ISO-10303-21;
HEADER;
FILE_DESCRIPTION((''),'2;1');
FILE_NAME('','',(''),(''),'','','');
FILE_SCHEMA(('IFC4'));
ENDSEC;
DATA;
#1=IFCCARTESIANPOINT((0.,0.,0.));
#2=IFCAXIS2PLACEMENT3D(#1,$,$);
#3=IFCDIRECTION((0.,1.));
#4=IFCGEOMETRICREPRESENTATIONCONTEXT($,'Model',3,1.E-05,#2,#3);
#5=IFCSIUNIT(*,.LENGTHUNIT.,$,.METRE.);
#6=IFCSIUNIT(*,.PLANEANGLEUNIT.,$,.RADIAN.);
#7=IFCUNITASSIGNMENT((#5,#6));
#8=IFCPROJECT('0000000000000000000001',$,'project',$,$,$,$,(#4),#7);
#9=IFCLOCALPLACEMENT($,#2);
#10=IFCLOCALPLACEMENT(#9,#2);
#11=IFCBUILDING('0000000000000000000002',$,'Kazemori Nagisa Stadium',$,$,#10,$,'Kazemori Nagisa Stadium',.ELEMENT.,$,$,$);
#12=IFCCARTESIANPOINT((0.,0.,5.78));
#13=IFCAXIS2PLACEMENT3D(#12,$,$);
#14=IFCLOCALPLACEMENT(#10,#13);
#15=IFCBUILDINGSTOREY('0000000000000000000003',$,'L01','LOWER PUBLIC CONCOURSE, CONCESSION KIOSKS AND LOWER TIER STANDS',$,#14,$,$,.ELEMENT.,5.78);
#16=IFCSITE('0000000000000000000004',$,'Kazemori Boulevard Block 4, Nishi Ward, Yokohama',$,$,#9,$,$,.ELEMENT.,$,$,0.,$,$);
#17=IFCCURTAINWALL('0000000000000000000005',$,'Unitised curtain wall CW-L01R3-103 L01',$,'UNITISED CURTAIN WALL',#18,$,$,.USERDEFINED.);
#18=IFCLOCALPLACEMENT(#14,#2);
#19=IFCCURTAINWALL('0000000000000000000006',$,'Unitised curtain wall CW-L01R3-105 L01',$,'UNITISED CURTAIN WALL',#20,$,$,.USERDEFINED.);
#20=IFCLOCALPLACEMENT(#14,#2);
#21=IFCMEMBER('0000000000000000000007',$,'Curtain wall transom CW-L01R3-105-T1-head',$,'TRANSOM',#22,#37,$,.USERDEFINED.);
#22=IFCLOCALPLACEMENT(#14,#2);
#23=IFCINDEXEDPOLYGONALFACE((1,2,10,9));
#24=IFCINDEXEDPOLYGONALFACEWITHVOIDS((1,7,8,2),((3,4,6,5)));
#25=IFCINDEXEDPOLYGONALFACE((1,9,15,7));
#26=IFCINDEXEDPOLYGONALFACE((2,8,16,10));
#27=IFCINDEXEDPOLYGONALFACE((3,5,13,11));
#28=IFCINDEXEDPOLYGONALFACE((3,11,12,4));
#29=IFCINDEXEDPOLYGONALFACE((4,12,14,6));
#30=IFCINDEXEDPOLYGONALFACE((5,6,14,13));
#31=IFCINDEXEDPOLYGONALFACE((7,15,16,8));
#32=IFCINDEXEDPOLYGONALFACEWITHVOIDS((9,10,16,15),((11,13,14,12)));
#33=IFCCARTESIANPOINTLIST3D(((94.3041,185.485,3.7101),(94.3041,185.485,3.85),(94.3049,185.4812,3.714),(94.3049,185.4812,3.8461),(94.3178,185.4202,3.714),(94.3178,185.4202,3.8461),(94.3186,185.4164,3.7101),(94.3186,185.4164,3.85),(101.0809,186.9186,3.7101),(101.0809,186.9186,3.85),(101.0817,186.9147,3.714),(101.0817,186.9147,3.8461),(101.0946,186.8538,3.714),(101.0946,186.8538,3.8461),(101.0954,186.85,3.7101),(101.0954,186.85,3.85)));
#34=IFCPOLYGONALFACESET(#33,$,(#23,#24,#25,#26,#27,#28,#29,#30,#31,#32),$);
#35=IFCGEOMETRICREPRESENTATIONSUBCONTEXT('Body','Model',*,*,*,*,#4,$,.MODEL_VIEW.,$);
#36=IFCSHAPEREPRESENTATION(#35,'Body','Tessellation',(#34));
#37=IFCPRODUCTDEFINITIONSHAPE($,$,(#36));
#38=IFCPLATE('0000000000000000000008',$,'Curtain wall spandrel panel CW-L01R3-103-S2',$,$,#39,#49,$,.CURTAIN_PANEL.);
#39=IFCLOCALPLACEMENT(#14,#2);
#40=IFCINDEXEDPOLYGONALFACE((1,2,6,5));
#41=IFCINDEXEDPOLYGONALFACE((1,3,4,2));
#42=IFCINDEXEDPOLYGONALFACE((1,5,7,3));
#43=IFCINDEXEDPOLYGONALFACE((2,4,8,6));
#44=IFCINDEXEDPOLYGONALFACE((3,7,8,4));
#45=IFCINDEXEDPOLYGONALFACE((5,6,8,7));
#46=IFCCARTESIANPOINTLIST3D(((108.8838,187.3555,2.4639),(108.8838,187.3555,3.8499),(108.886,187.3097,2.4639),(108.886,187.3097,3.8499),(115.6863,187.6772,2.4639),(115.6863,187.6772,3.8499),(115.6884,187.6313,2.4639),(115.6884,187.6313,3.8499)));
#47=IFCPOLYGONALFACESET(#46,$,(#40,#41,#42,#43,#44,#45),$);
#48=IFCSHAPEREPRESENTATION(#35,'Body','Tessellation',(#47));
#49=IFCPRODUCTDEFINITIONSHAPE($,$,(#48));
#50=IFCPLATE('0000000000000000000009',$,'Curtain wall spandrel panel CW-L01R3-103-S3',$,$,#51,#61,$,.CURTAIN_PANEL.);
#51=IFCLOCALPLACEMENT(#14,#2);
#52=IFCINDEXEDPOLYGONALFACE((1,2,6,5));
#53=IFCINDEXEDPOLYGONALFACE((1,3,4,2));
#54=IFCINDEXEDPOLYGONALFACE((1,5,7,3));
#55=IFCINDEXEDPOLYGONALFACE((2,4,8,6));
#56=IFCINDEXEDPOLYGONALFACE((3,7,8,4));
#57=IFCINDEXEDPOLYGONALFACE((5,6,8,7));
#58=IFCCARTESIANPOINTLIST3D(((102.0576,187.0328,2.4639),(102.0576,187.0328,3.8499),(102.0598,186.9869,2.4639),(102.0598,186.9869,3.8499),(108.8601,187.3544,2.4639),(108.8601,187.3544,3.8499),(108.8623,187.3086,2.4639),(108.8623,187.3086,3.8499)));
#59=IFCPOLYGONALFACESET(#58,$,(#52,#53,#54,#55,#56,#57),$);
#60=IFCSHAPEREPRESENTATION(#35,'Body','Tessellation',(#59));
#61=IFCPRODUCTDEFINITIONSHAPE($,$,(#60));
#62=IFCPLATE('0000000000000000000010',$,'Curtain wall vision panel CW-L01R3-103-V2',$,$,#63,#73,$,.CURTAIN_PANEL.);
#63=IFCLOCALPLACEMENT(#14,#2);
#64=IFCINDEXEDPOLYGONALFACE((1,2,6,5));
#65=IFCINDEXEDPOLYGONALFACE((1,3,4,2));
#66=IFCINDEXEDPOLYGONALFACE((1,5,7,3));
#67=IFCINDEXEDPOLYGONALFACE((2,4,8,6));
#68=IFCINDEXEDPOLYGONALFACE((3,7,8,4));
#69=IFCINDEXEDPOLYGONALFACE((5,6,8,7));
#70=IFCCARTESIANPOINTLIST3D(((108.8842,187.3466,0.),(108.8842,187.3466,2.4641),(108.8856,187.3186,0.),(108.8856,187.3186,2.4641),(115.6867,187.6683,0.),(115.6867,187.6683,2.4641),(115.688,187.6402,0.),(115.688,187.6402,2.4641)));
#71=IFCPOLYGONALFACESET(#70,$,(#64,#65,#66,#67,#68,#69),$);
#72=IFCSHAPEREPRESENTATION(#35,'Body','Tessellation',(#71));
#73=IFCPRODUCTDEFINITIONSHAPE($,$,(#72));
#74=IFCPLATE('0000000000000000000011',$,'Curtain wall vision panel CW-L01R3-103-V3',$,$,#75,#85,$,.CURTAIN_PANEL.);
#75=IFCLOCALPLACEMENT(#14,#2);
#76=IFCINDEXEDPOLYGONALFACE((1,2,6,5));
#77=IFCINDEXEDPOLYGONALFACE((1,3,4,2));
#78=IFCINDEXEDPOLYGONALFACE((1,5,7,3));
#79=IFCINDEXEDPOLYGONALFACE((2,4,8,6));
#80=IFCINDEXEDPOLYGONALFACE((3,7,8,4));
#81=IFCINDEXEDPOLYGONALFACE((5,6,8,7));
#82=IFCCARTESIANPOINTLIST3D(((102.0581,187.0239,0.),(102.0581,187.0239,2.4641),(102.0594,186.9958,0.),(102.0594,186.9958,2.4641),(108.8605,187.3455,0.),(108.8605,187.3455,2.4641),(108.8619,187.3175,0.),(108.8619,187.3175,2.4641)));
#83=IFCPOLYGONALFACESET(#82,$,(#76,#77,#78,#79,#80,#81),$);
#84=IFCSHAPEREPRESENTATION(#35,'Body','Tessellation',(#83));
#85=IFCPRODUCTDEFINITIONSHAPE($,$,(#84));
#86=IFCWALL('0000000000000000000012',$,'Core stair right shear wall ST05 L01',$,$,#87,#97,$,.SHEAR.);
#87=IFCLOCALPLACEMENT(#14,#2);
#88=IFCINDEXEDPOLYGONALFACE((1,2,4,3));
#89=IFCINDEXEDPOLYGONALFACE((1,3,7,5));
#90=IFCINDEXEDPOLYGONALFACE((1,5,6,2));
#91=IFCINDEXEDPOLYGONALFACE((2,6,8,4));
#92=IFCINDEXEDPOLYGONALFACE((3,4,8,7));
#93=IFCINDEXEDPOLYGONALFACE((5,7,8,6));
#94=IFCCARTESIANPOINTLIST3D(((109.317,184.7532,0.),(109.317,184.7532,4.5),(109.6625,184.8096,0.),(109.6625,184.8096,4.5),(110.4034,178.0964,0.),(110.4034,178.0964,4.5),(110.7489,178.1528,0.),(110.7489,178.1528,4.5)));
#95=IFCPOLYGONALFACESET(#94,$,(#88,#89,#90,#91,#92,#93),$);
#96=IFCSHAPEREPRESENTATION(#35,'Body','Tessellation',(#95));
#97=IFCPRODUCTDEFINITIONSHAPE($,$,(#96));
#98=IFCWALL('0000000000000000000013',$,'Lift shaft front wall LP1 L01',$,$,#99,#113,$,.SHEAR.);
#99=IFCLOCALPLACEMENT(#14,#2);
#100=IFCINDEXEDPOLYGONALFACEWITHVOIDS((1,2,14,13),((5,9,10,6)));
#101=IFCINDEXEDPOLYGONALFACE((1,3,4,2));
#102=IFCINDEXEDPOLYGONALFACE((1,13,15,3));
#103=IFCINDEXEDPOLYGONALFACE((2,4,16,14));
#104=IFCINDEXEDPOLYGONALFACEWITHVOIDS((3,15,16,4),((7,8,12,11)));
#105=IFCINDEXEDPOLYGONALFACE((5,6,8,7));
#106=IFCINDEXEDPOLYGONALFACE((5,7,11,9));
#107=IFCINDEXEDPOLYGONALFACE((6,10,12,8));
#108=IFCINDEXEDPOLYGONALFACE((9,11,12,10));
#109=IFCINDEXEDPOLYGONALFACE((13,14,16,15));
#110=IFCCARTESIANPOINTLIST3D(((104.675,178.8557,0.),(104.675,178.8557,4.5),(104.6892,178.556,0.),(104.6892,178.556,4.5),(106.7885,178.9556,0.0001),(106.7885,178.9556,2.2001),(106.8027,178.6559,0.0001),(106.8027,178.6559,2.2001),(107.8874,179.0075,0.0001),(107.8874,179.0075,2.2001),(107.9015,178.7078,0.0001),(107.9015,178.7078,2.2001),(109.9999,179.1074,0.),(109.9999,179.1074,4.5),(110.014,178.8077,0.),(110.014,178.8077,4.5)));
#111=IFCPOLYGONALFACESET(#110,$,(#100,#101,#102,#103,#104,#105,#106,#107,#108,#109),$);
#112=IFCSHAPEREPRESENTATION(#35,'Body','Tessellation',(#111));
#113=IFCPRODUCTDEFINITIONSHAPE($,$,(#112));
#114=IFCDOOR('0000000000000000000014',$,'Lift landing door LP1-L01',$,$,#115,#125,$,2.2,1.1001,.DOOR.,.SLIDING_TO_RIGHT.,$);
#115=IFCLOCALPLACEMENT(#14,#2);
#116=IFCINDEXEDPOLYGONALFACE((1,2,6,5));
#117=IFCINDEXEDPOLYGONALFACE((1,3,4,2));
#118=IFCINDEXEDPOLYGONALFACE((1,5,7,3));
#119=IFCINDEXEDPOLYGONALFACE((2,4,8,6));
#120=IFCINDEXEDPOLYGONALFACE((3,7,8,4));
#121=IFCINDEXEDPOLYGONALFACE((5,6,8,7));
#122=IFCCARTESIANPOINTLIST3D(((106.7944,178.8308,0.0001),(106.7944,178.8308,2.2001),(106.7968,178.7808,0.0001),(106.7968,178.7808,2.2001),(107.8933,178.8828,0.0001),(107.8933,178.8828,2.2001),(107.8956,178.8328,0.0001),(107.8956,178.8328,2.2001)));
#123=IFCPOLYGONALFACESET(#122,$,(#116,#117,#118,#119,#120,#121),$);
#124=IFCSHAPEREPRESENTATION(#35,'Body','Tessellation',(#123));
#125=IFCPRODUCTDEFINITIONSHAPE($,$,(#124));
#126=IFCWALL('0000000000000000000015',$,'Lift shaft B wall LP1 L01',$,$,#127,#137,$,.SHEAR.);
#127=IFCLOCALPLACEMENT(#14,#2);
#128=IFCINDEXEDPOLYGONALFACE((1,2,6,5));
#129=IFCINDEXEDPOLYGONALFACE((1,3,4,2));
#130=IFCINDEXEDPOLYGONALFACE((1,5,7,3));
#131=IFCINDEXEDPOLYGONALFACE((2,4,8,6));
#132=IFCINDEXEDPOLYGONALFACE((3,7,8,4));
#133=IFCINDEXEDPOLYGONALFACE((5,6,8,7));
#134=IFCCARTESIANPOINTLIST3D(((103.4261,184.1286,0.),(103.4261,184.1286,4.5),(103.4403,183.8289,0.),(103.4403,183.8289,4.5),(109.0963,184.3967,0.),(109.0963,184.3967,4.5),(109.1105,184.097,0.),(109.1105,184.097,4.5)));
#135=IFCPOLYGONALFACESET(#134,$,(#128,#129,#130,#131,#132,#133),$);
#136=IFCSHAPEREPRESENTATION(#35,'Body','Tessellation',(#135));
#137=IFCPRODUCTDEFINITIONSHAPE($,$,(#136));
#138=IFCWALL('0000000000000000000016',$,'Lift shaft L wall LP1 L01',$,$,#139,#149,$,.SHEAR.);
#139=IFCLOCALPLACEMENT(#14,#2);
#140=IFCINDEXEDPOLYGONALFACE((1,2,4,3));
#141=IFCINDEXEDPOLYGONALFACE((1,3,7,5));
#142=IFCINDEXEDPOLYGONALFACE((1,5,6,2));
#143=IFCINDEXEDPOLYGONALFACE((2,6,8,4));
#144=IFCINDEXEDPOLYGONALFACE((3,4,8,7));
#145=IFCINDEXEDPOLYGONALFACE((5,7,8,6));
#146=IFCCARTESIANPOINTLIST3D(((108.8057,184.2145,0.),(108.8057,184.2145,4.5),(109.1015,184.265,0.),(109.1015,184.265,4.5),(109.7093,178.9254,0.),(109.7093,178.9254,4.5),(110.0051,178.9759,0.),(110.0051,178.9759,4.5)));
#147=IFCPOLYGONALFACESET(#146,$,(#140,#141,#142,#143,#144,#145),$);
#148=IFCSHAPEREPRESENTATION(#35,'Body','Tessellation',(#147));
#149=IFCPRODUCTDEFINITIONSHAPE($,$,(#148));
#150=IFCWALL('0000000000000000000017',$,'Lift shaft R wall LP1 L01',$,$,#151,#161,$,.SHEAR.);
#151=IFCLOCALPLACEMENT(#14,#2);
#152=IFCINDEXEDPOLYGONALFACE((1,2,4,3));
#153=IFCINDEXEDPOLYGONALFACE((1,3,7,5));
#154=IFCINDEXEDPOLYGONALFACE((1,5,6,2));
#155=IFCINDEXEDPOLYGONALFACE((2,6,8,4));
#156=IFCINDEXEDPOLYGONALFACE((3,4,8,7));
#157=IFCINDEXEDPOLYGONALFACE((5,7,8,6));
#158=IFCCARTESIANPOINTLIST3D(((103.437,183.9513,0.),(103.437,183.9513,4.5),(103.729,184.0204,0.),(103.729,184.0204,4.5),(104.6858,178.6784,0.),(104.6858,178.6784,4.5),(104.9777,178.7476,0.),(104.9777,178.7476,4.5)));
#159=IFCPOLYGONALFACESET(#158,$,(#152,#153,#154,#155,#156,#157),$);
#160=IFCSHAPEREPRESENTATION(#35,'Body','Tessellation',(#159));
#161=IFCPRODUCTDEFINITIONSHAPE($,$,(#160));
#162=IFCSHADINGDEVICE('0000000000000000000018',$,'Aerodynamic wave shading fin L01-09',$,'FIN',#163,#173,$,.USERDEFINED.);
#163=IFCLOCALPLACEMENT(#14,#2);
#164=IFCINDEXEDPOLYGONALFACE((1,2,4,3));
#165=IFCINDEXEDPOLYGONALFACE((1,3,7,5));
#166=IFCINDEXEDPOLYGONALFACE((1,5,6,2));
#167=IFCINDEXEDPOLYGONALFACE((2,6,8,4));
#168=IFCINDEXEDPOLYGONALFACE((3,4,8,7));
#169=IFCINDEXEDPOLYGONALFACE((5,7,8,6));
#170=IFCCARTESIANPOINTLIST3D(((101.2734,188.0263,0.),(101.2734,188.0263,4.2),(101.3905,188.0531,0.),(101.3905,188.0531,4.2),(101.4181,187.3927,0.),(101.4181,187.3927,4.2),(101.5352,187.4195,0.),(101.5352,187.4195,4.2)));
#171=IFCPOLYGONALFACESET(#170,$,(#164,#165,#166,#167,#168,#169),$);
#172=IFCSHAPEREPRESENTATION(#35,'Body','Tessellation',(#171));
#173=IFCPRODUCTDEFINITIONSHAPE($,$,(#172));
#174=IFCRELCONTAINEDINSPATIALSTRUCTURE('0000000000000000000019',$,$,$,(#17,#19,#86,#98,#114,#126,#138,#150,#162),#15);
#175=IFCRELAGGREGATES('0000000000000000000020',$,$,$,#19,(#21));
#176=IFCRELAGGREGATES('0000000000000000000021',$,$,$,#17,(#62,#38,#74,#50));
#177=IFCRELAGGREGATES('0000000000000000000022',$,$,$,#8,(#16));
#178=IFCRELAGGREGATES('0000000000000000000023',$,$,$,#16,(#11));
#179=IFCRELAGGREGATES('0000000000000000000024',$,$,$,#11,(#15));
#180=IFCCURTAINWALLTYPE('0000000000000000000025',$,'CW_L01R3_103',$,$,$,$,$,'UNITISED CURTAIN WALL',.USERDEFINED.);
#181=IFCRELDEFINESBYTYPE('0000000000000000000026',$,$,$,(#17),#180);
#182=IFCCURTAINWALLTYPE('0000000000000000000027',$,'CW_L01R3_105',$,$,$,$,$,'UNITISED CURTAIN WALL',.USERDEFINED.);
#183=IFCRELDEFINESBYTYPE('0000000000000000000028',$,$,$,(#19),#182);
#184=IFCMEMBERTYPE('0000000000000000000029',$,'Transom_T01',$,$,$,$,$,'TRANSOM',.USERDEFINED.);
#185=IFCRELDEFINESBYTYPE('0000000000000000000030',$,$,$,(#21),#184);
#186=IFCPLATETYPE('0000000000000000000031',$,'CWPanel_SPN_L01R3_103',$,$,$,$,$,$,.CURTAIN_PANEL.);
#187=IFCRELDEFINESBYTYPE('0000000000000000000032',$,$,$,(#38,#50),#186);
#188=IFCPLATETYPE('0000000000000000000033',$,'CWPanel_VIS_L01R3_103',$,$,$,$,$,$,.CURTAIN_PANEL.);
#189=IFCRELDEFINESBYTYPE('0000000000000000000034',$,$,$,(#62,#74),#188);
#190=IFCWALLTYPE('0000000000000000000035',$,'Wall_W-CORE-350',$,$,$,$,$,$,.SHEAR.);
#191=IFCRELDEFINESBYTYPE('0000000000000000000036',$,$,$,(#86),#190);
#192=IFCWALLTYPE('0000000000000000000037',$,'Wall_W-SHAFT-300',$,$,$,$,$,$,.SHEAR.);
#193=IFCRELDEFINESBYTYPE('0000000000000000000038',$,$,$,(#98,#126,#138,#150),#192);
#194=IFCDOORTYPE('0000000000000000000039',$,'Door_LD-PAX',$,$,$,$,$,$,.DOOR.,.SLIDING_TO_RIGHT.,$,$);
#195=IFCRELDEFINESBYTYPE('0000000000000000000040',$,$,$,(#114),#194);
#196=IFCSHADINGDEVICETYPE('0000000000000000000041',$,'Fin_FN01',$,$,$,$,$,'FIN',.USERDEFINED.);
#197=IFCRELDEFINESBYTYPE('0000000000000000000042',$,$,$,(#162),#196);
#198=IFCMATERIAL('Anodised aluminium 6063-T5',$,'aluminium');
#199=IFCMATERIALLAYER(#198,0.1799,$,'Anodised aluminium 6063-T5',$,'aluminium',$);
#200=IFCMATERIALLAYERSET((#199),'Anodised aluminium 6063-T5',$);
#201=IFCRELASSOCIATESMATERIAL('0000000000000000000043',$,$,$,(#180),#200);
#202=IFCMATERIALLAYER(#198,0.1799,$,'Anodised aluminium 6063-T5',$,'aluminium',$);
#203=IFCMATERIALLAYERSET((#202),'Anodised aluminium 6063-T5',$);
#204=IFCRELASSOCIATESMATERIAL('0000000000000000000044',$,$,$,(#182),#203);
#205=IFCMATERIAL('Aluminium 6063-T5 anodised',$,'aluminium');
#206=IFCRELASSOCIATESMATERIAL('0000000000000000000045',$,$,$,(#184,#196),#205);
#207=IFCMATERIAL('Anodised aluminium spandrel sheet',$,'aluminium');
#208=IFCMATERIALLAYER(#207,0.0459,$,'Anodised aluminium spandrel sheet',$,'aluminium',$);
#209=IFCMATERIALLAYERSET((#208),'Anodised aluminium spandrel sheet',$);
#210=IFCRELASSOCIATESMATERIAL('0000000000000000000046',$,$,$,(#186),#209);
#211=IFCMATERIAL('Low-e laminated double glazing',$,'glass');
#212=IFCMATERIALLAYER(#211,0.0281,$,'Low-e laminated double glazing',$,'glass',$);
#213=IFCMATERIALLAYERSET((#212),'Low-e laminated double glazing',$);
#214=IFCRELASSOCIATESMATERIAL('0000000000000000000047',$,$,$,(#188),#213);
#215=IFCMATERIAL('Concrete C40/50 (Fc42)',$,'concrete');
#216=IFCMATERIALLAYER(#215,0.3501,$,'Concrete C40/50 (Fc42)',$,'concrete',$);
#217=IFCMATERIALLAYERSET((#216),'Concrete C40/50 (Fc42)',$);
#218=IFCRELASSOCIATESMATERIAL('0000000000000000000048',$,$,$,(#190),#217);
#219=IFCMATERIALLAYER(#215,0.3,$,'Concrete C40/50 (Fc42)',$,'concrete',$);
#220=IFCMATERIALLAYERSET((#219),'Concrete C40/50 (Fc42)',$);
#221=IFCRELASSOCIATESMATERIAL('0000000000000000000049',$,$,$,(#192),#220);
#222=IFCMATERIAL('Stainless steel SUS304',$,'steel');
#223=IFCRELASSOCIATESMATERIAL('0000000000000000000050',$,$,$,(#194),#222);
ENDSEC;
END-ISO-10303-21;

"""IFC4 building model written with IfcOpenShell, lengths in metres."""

from ifc_helpers import new_model, si_unit, direction, frame, frame_2d, origin, origin_2d, place, context, subcontext, project, spatial, rectangle, hollow_rectangle, extrude, material, layer, layer_set, material_profile, profile_set, type_object, element, fill, aggregate, save


model = new_model("IFC4")

# Units and contexts
model_context = context("Model", 3, precision=1e-05, world=origin(), true_north=direction((0.0, 1.0)))
body_context = subcontext(model_context, "Body", "Model", "MODEL_VIEW")
ifc_project = project(units=[si_unit("LENGTHUNIT", "METRE"), si_unit("PLANEANGLEUNIT", "RADIAN")], contexts=[model_context])

# Site, building, storey
site_placement = place(None, origin())
site = spatial("IfcSite", under=ifc_project, at=site_placement, Name="Kazemori Boulevard Block 4, Nishi Ward, Yokohama", CompositionType="ELEMENT", RefElevation=0.0)
building_placement = place(site_placement, origin())
building = spatial("IfcBuilding", under=site, at=building_placement, Name="Kazemori Nagisa Stadium", LongName="Kazemori Nagisa Stadium", CompositionType="ELEMENT")
storey_placement = place(building_placement, frame((0.0, 0.0, 5.78)))
storey = spatial("IfcBuildingStorey", under=building, at=storey_placement, Name="L01", Description="LOWER PUBLIC CONCOURSE, CONCESSION KIOSKS AND LOWER TIER STANDS", CompositionType="ELEMENT", Elevation=5.78)

# Shared definitions
ifc_material_1 = material(Name="Concrete C40/50 (Fc42)", Category="concrete")

# Curtain wall
ifc_material_2 = material(Name="Anodised aluminium 6063-T5", Category="aluminium")
ifc_layer_1 = layer(ifc_material_2, 0.1799, Name="Anodised aluminium 6063-T5", Category="aluminium")
ifc_layer_set_1 = layer_set([ifc_layer_1], Name="Anodised aluminium 6063-T5")
curtain_wall_type_1 = type_object("IfcCurtainWallType", Name="CW_L01R3_103", ElementType="UNITISED CURTAIN WALL", PredefinedType="USERDEFINED", material=ifc_layer_set_1)
curtain_wall_1_placement = place(storey_placement, origin())
curtain_wall_1 = element("IfcCurtainWall", 1, at=curtain_wall_1_placement, inside=storey, type_object=curtain_wall_type_1, Name="Unitised curtain wall CW-L01R3-103 L01", ObjectType="UNITISED CURTAIN WALL", PredefinedType="USERDEFINED")
ifc_material_3 = material(Name="Aluminium 6063-T5 anodised", Category="aluminium")

# Curtain wall
ifc_layer_2 = layer(ifc_material_2, 0.1799, Name="Anodised aluminium 6063-T5", Category="aluminium")
ifc_layer_set_2 = layer_set([ifc_layer_2], Name="Anodised aluminium 6063-T5")
curtain_wall_type_2 = type_object("IfcCurtainWallType", Name="CW_L01R3_105", ElementType="UNITISED CURTAIN WALL", PredefinedType="USERDEFINED", material=ifc_layer_set_2)
curtain_wall_2_placement = place(storey_placement, origin())
curtain_wall_2 = element("IfcCurtainWall", 2, at=curtain_wall_2_placement, inside=storey, type_object=curtain_wall_type_2, Name="Unitised curtain wall CW-L01R3-105 L01", ObjectType="UNITISED CURTAIN WALL", PredefinedType="USERDEFINED")

# Member
ifc_material_profile_1 = material_profile(ifc_material_3, hollow_rectangle(XDim=0.0701, YDim=0.1399, WallThickness=0.0039, at=origin_2d()), Name="ALU-TRAN-70x140x4")
ifc_profile_set_1 = profile_set([ifc_material_profile_1], Name="Aluminium 6063-T5 anodised")
member_type_1 = type_object("IfcMemberType", Name="Transom_T01", ElementType="TRANSOM", PredefinedType="USERDEFINED", material=ifc_profile_set_1)
member_1_placement = place(storey_placement, frame((101.0881, 186.8843, 3.78), z_axis=(-0.978349, -0.206962, 0.0), x_axis=(0.206962, -0.978349, 0.0)))
member_1 = element("IfcMember", 3, at=member_1_placement, type_object=member_type_1, Name="Curtain wall transom CW-L01R3-105-T1-head", ObjectType="TRANSOM", PredefinedType="USERDEFINED", context=body_context, shape_type="SweptSolid", body=[
    extrude(hollow_rectangle(XDim=0.0701, YDim=0.1399, WallThickness=0.0039, at=origin_2d()), origin(), (0.0, 0.0, 1.0), 6.9268),
])
aggregate(curtain_wall_2, [member_1])

# Plates
ifc_material_4 = material(Name="Anodised aluminium spandrel sheet", Category="aluminium")
ifc_layer_3 = layer(ifc_material_4, 0.0459, Name="Anodised aluminium spandrel sheet", Category="aluminium")
ifc_layer_set_3 = layer_set([ifc_layer_3], Name="Anodised aluminium spandrel sheet")
plate_type_1 = type_object("IfcPlateType", Name="CWPanel_SPN_L01R3_103", PredefinedType="CURTAIN_PANEL", material=ifc_layer_set_3)
plate_1_placement = place(storey_placement, frame((112.2861, 187.4934, 2.4639), z_axis=(0.0, 0.0, 1.0), x_axis=(-0.998884, -0.04723, 0.0)))
plate_1 = element("IfcPlate", 4, at=plate_1_placement, type_object=plate_type_1, Name="Curtain wall spandrel panel CW-L01R3-103-S2", PredefinedType="CURTAIN_PANEL", context=body_context, shape_type="SweptSolid", body=[
    extrude(rectangle(XDim=6.8101, YDim=0.0459, at=origin_2d()), origin(), (0.0, 0.0, 1.0), 1.386),
])
plate_2_placement = place(storey_placement, frame((105.46, 187.1707, 2.4639), z_axis=(0.0, 0.0, 1.0), x_axis=(-0.998884, -0.04723, 0.0)))
plate_2 = element("IfcPlate", 5, at=plate_2_placement, type_object=plate_type_1, Name="Curtain wall spandrel panel CW-L01R3-103-S3", PredefinedType="CURTAIN_PANEL", context=body_context, shape_type="SweptSolid", body=[
    extrude(rectangle(XDim=6.8101, YDim=0.0459, at=origin_2d()), origin(), (0.0, 0.0, 1.0), 1.386),
])
ifc_material_5 = material(Name="Low-e laminated double glazing", Category="glass")
ifc_layer_4 = layer(ifc_material_5, 0.0281, Name="Low-e laminated double glazing", Category="glass")
ifc_layer_set_4 = layer_set([ifc_layer_4], Name="Low-e laminated double glazing")
plate_type_2 = type_object("IfcPlateType", Name="CWPanel_VIS_L01R3_103", PredefinedType="CURTAIN_PANEL", material=ifc_layer_set_4)
plate_3_placement = place(storey_placement, frame((112.2861, 187.4934, 0.0), z_axis=(0.0, 0.0, 1.0), x_axis=(-0.998884, -0.04723, 0.0)))
plate_3 = element("IfcPlate", 6, at=plate_3_placement, type_object=plate_type_2, Name="Curtain wall vision panel CW-L01R3-103-V2", PredefinedType="CURTAIN_PANEL", context=body_context, shape_type="SweptSolid", body=[
    extrude(rectangle(XDim=6.8101, YDim=0.0281, at=origin_2d()), origin(), (0.0, 0.0, 1.0), 2.4641),
])
plate_4_placement = place(storey_placement, frame((105.46, 187.1707, 0.0), z_axis=(0.0, 0.0, 1.0), x_axis=(-0.998884, -0.04723, 0.0)))
plate_4 = element("IfcPlate", 7, at=plate_4_placement, type_object=plate_type_2, Name="Curtain wall vision panel CW-L01R3-103-V3", PredefinedType="CURTAIN_PANEL", context=body_context, shape_type="SweptSolid", body=[
    extrude(rectangle(XDim=6.8101, YDim=0.0281, at=origin_2d()), origin(), (0.0, 0.0, 1.0), 2.4641),
])
aggregate(curtain_wall_1, [plate_3, plate_1, plate_4, plate_2])

# Wall
ifc_layer_5 = layer(ifc_material_1, 0.3501, Name="Concrete C40/50 (Fc42)", Category="concrete")
ifc_layer_set_5 = layer_set([ifc_layer_5], Name="Concrete C40/50 (Fc42)")
wall_type_1 = type_object("IfcWallType", Name="Wall_W-CORE-350", PredefinedType="SHEAR", material=ifc_layer_set_5)
wall_1_placement = place(storey_placement, frame((110.5762, 178.1245, 0.0), z_axis=(0.0, 0.0, 1.0), x_axis=(-0.161076, 0.986942, 0.0)))
element("IfcWall", 8, at=wall_1_placement, inside=storey, type_object=wall_type_1, Name="Core stair right shear wall ST05 L01", PredefinedType="SHEAR", context=body_context, shape_type="SweptSolid", body=[
    extrude(rectangle(XDim=6.7449, YDim=0.3501, at=frame_2d((3.3726, 0.0))), origin(), (0.0, 0.0, 1.0), 4.5),
])

# Wall, opening, door
ifc_layer_6 = layer(ifc_material_1, 0.3, Name="Concrete C40/50 (Fc42)", Category="concrete")
ifc_layer_set_6 = layer_set([ifc_layer_6], Name="Concrete C40/50 (Fc42)")
wall_type_2 = type_object("IfcWallType", Name="Wall_W-SHAFT-300", PredefinedType="SHEAR", material=ifc_layer_set_6)
wall_2_placement = place(storey_placement, frame((110.0071, 178.9575, 0.0), z_axis=(0.0, 0.0, 1.0), x_axis=(-0.998885, -0.047217, 0.0)))
wall_2 = element("IfcWall", 9, at=wall_2_placement, inside=storey, type_object=wall_type_2, Name="Lift shaft front wall LP1 L01", PredefinedType="SHEAR", context=body_context, shape_type="SweptSolid", body=[
    extrude(rectangle(XDim=5.3308, YDim=0.3, at=frame_2d((2.6655, 0.0))), origin(), (0.0, 0.0, 1.0), 4.5),
])
opening_placement = place(wall_2_placement, frame((2.115, 0.0, 0.0)))
opening = element("IfcOpeningElement", 10, at=opening_placement, cuts=wall_2, PredefinedType="OPENING", context=body_context, shape_type="SweptSolid", body=[
    extrude(rectangle(XDim=1.1001, YDim=2.2, at=frame_2d((0.55, 1.1001))), frame((0.0, 0.1599, 0.0), z_axis=(0.0, -1.0, 0.0), x_axis=(1.0, 0.0, 0.0)), (0.0, 0.0, 1.0), 0.3201),
])
ifc_material_6 = material(Name="Stainless steel SUS304", Category="steel")
door_type = type_object("IfcDoorType", Name="Door_LD-PAX", OperationType="SLIDING_TO_RIGHT", PredefinedType="DOOR", material=ifc_material_6)
door_placement = place(opening_placement, origin())
door = element("IfcDoor", 11, at=door_placement, inside=storey, type_object=door_type, Name="Lift landing door LP1-L01", OperationType="SLIDING_TO_RIGHT", OverallHeight=2.2, OverallWidth=1.1001, PredefinedType="DOOR", context=body_context, shape_type="SweptSolid", body=[
    extrude(rectangle(XDim=1.1001, YDim=2.2, at=frame_2d((0.55, 1.1001))), frame((0.0, 0.0249, 0.0), z_axis=(0.0, -1.0, 0.0), x_axis=(1.0, 0.0, 0.0)), (0.0, 0.0, 1.0), 0.05),
])
fill(opening, door)

# Walls
wall_3_placement = place(storey_placement, frame((109.1035, 184.2468, 0.0), z_axis=(0.0, 0.0, 1.0), x_axis=(-0.998884, -0.047224, 0.0)))
element("IfcWall", 12, at=wall_3_placement, inside=storey, type_object=wall_type_2, Name="Lift shaft B wall LP1 L01", PredefinedType="SHEAR", context=body_context, shape_type="SweptSolid", body=[
    extrude(rectangle(XDim=5.6765, YDim=0.3, at=frame_2d((2.8384, 0.0))), origin(), (0.0, 0.0, 1.0), 4.5),
])
wall_4_placement = place(storey_placement, frame((109.8572, 178.9507, 0.0), z_axis=(0.0, 0.0, 1.0), x_axis=(-0.168397, 0.985719, 0.0)))
element("IfcWall", 13, at=wall_4_placement, inside=storey, type_object=wall_type_2, Name="Lift shaft L wall LP1 L01", PredefinedType="SHEAR", context=body_context, shape_type="SweptSolid", body=[
    extrude(rectangle(XDim=5.3657, YDim=0.3, at=frame_2d((2.6829, 0.0))), origin(), (0.0, 0.0, 1.0), 4.5),
])
wall_5_placement = place(storey_placement, frame((104.8318, 178.7129, 0.0), z_axis=(0.0, 0.0, 1.0), x_axis=(-0.230453, 0.973083, 0.0)))
element("IfcWall", 14, at=wall_5_placement, inside=storey, type_object=wall_type_2, Name="Lift shaft R wall LP1 L01", PredefinedType="SHEAR", context=body_context, shape_type="SweptSolid", body=[
    extrude(rectangle(XDim=5.4187, YDim=0.3, at=frame_2d((2.7095, 0.0))), origin(), (0.0, 0.0, 1.0), 4.5),
])

# Shading device
shading_device_type = type_object("IfcShadingDeviceType", Name="Fin_FN01", ElementType="FIN", PredefinedType="USERDEFINED", material=ifc_material_3)
shading_device_placement = place(storey_placement, frame((101.4043, 187.7229, 0.0), z_axis=(0.0, 0.0, 1.0), x_axis=(-0.222521, 0.974928, 0.0)))
element("IfcShadingDevice", 15, at=shading_device_placement, inside=storey, type_object=shading_device_type, Name="Aerodynamic wave shading fin L01-09", ObjectType="FIN", PredefinedType="USERDEFINED", context=body_context, shape_type="SweptSolid", body=[
    extrude(rectangle(XDim=0.6499, YDim=0.1201, at=origin_2d()), origin(), (0.0, 0.0, 1.0), 4.2),
])

save(model, "model.ifc")
